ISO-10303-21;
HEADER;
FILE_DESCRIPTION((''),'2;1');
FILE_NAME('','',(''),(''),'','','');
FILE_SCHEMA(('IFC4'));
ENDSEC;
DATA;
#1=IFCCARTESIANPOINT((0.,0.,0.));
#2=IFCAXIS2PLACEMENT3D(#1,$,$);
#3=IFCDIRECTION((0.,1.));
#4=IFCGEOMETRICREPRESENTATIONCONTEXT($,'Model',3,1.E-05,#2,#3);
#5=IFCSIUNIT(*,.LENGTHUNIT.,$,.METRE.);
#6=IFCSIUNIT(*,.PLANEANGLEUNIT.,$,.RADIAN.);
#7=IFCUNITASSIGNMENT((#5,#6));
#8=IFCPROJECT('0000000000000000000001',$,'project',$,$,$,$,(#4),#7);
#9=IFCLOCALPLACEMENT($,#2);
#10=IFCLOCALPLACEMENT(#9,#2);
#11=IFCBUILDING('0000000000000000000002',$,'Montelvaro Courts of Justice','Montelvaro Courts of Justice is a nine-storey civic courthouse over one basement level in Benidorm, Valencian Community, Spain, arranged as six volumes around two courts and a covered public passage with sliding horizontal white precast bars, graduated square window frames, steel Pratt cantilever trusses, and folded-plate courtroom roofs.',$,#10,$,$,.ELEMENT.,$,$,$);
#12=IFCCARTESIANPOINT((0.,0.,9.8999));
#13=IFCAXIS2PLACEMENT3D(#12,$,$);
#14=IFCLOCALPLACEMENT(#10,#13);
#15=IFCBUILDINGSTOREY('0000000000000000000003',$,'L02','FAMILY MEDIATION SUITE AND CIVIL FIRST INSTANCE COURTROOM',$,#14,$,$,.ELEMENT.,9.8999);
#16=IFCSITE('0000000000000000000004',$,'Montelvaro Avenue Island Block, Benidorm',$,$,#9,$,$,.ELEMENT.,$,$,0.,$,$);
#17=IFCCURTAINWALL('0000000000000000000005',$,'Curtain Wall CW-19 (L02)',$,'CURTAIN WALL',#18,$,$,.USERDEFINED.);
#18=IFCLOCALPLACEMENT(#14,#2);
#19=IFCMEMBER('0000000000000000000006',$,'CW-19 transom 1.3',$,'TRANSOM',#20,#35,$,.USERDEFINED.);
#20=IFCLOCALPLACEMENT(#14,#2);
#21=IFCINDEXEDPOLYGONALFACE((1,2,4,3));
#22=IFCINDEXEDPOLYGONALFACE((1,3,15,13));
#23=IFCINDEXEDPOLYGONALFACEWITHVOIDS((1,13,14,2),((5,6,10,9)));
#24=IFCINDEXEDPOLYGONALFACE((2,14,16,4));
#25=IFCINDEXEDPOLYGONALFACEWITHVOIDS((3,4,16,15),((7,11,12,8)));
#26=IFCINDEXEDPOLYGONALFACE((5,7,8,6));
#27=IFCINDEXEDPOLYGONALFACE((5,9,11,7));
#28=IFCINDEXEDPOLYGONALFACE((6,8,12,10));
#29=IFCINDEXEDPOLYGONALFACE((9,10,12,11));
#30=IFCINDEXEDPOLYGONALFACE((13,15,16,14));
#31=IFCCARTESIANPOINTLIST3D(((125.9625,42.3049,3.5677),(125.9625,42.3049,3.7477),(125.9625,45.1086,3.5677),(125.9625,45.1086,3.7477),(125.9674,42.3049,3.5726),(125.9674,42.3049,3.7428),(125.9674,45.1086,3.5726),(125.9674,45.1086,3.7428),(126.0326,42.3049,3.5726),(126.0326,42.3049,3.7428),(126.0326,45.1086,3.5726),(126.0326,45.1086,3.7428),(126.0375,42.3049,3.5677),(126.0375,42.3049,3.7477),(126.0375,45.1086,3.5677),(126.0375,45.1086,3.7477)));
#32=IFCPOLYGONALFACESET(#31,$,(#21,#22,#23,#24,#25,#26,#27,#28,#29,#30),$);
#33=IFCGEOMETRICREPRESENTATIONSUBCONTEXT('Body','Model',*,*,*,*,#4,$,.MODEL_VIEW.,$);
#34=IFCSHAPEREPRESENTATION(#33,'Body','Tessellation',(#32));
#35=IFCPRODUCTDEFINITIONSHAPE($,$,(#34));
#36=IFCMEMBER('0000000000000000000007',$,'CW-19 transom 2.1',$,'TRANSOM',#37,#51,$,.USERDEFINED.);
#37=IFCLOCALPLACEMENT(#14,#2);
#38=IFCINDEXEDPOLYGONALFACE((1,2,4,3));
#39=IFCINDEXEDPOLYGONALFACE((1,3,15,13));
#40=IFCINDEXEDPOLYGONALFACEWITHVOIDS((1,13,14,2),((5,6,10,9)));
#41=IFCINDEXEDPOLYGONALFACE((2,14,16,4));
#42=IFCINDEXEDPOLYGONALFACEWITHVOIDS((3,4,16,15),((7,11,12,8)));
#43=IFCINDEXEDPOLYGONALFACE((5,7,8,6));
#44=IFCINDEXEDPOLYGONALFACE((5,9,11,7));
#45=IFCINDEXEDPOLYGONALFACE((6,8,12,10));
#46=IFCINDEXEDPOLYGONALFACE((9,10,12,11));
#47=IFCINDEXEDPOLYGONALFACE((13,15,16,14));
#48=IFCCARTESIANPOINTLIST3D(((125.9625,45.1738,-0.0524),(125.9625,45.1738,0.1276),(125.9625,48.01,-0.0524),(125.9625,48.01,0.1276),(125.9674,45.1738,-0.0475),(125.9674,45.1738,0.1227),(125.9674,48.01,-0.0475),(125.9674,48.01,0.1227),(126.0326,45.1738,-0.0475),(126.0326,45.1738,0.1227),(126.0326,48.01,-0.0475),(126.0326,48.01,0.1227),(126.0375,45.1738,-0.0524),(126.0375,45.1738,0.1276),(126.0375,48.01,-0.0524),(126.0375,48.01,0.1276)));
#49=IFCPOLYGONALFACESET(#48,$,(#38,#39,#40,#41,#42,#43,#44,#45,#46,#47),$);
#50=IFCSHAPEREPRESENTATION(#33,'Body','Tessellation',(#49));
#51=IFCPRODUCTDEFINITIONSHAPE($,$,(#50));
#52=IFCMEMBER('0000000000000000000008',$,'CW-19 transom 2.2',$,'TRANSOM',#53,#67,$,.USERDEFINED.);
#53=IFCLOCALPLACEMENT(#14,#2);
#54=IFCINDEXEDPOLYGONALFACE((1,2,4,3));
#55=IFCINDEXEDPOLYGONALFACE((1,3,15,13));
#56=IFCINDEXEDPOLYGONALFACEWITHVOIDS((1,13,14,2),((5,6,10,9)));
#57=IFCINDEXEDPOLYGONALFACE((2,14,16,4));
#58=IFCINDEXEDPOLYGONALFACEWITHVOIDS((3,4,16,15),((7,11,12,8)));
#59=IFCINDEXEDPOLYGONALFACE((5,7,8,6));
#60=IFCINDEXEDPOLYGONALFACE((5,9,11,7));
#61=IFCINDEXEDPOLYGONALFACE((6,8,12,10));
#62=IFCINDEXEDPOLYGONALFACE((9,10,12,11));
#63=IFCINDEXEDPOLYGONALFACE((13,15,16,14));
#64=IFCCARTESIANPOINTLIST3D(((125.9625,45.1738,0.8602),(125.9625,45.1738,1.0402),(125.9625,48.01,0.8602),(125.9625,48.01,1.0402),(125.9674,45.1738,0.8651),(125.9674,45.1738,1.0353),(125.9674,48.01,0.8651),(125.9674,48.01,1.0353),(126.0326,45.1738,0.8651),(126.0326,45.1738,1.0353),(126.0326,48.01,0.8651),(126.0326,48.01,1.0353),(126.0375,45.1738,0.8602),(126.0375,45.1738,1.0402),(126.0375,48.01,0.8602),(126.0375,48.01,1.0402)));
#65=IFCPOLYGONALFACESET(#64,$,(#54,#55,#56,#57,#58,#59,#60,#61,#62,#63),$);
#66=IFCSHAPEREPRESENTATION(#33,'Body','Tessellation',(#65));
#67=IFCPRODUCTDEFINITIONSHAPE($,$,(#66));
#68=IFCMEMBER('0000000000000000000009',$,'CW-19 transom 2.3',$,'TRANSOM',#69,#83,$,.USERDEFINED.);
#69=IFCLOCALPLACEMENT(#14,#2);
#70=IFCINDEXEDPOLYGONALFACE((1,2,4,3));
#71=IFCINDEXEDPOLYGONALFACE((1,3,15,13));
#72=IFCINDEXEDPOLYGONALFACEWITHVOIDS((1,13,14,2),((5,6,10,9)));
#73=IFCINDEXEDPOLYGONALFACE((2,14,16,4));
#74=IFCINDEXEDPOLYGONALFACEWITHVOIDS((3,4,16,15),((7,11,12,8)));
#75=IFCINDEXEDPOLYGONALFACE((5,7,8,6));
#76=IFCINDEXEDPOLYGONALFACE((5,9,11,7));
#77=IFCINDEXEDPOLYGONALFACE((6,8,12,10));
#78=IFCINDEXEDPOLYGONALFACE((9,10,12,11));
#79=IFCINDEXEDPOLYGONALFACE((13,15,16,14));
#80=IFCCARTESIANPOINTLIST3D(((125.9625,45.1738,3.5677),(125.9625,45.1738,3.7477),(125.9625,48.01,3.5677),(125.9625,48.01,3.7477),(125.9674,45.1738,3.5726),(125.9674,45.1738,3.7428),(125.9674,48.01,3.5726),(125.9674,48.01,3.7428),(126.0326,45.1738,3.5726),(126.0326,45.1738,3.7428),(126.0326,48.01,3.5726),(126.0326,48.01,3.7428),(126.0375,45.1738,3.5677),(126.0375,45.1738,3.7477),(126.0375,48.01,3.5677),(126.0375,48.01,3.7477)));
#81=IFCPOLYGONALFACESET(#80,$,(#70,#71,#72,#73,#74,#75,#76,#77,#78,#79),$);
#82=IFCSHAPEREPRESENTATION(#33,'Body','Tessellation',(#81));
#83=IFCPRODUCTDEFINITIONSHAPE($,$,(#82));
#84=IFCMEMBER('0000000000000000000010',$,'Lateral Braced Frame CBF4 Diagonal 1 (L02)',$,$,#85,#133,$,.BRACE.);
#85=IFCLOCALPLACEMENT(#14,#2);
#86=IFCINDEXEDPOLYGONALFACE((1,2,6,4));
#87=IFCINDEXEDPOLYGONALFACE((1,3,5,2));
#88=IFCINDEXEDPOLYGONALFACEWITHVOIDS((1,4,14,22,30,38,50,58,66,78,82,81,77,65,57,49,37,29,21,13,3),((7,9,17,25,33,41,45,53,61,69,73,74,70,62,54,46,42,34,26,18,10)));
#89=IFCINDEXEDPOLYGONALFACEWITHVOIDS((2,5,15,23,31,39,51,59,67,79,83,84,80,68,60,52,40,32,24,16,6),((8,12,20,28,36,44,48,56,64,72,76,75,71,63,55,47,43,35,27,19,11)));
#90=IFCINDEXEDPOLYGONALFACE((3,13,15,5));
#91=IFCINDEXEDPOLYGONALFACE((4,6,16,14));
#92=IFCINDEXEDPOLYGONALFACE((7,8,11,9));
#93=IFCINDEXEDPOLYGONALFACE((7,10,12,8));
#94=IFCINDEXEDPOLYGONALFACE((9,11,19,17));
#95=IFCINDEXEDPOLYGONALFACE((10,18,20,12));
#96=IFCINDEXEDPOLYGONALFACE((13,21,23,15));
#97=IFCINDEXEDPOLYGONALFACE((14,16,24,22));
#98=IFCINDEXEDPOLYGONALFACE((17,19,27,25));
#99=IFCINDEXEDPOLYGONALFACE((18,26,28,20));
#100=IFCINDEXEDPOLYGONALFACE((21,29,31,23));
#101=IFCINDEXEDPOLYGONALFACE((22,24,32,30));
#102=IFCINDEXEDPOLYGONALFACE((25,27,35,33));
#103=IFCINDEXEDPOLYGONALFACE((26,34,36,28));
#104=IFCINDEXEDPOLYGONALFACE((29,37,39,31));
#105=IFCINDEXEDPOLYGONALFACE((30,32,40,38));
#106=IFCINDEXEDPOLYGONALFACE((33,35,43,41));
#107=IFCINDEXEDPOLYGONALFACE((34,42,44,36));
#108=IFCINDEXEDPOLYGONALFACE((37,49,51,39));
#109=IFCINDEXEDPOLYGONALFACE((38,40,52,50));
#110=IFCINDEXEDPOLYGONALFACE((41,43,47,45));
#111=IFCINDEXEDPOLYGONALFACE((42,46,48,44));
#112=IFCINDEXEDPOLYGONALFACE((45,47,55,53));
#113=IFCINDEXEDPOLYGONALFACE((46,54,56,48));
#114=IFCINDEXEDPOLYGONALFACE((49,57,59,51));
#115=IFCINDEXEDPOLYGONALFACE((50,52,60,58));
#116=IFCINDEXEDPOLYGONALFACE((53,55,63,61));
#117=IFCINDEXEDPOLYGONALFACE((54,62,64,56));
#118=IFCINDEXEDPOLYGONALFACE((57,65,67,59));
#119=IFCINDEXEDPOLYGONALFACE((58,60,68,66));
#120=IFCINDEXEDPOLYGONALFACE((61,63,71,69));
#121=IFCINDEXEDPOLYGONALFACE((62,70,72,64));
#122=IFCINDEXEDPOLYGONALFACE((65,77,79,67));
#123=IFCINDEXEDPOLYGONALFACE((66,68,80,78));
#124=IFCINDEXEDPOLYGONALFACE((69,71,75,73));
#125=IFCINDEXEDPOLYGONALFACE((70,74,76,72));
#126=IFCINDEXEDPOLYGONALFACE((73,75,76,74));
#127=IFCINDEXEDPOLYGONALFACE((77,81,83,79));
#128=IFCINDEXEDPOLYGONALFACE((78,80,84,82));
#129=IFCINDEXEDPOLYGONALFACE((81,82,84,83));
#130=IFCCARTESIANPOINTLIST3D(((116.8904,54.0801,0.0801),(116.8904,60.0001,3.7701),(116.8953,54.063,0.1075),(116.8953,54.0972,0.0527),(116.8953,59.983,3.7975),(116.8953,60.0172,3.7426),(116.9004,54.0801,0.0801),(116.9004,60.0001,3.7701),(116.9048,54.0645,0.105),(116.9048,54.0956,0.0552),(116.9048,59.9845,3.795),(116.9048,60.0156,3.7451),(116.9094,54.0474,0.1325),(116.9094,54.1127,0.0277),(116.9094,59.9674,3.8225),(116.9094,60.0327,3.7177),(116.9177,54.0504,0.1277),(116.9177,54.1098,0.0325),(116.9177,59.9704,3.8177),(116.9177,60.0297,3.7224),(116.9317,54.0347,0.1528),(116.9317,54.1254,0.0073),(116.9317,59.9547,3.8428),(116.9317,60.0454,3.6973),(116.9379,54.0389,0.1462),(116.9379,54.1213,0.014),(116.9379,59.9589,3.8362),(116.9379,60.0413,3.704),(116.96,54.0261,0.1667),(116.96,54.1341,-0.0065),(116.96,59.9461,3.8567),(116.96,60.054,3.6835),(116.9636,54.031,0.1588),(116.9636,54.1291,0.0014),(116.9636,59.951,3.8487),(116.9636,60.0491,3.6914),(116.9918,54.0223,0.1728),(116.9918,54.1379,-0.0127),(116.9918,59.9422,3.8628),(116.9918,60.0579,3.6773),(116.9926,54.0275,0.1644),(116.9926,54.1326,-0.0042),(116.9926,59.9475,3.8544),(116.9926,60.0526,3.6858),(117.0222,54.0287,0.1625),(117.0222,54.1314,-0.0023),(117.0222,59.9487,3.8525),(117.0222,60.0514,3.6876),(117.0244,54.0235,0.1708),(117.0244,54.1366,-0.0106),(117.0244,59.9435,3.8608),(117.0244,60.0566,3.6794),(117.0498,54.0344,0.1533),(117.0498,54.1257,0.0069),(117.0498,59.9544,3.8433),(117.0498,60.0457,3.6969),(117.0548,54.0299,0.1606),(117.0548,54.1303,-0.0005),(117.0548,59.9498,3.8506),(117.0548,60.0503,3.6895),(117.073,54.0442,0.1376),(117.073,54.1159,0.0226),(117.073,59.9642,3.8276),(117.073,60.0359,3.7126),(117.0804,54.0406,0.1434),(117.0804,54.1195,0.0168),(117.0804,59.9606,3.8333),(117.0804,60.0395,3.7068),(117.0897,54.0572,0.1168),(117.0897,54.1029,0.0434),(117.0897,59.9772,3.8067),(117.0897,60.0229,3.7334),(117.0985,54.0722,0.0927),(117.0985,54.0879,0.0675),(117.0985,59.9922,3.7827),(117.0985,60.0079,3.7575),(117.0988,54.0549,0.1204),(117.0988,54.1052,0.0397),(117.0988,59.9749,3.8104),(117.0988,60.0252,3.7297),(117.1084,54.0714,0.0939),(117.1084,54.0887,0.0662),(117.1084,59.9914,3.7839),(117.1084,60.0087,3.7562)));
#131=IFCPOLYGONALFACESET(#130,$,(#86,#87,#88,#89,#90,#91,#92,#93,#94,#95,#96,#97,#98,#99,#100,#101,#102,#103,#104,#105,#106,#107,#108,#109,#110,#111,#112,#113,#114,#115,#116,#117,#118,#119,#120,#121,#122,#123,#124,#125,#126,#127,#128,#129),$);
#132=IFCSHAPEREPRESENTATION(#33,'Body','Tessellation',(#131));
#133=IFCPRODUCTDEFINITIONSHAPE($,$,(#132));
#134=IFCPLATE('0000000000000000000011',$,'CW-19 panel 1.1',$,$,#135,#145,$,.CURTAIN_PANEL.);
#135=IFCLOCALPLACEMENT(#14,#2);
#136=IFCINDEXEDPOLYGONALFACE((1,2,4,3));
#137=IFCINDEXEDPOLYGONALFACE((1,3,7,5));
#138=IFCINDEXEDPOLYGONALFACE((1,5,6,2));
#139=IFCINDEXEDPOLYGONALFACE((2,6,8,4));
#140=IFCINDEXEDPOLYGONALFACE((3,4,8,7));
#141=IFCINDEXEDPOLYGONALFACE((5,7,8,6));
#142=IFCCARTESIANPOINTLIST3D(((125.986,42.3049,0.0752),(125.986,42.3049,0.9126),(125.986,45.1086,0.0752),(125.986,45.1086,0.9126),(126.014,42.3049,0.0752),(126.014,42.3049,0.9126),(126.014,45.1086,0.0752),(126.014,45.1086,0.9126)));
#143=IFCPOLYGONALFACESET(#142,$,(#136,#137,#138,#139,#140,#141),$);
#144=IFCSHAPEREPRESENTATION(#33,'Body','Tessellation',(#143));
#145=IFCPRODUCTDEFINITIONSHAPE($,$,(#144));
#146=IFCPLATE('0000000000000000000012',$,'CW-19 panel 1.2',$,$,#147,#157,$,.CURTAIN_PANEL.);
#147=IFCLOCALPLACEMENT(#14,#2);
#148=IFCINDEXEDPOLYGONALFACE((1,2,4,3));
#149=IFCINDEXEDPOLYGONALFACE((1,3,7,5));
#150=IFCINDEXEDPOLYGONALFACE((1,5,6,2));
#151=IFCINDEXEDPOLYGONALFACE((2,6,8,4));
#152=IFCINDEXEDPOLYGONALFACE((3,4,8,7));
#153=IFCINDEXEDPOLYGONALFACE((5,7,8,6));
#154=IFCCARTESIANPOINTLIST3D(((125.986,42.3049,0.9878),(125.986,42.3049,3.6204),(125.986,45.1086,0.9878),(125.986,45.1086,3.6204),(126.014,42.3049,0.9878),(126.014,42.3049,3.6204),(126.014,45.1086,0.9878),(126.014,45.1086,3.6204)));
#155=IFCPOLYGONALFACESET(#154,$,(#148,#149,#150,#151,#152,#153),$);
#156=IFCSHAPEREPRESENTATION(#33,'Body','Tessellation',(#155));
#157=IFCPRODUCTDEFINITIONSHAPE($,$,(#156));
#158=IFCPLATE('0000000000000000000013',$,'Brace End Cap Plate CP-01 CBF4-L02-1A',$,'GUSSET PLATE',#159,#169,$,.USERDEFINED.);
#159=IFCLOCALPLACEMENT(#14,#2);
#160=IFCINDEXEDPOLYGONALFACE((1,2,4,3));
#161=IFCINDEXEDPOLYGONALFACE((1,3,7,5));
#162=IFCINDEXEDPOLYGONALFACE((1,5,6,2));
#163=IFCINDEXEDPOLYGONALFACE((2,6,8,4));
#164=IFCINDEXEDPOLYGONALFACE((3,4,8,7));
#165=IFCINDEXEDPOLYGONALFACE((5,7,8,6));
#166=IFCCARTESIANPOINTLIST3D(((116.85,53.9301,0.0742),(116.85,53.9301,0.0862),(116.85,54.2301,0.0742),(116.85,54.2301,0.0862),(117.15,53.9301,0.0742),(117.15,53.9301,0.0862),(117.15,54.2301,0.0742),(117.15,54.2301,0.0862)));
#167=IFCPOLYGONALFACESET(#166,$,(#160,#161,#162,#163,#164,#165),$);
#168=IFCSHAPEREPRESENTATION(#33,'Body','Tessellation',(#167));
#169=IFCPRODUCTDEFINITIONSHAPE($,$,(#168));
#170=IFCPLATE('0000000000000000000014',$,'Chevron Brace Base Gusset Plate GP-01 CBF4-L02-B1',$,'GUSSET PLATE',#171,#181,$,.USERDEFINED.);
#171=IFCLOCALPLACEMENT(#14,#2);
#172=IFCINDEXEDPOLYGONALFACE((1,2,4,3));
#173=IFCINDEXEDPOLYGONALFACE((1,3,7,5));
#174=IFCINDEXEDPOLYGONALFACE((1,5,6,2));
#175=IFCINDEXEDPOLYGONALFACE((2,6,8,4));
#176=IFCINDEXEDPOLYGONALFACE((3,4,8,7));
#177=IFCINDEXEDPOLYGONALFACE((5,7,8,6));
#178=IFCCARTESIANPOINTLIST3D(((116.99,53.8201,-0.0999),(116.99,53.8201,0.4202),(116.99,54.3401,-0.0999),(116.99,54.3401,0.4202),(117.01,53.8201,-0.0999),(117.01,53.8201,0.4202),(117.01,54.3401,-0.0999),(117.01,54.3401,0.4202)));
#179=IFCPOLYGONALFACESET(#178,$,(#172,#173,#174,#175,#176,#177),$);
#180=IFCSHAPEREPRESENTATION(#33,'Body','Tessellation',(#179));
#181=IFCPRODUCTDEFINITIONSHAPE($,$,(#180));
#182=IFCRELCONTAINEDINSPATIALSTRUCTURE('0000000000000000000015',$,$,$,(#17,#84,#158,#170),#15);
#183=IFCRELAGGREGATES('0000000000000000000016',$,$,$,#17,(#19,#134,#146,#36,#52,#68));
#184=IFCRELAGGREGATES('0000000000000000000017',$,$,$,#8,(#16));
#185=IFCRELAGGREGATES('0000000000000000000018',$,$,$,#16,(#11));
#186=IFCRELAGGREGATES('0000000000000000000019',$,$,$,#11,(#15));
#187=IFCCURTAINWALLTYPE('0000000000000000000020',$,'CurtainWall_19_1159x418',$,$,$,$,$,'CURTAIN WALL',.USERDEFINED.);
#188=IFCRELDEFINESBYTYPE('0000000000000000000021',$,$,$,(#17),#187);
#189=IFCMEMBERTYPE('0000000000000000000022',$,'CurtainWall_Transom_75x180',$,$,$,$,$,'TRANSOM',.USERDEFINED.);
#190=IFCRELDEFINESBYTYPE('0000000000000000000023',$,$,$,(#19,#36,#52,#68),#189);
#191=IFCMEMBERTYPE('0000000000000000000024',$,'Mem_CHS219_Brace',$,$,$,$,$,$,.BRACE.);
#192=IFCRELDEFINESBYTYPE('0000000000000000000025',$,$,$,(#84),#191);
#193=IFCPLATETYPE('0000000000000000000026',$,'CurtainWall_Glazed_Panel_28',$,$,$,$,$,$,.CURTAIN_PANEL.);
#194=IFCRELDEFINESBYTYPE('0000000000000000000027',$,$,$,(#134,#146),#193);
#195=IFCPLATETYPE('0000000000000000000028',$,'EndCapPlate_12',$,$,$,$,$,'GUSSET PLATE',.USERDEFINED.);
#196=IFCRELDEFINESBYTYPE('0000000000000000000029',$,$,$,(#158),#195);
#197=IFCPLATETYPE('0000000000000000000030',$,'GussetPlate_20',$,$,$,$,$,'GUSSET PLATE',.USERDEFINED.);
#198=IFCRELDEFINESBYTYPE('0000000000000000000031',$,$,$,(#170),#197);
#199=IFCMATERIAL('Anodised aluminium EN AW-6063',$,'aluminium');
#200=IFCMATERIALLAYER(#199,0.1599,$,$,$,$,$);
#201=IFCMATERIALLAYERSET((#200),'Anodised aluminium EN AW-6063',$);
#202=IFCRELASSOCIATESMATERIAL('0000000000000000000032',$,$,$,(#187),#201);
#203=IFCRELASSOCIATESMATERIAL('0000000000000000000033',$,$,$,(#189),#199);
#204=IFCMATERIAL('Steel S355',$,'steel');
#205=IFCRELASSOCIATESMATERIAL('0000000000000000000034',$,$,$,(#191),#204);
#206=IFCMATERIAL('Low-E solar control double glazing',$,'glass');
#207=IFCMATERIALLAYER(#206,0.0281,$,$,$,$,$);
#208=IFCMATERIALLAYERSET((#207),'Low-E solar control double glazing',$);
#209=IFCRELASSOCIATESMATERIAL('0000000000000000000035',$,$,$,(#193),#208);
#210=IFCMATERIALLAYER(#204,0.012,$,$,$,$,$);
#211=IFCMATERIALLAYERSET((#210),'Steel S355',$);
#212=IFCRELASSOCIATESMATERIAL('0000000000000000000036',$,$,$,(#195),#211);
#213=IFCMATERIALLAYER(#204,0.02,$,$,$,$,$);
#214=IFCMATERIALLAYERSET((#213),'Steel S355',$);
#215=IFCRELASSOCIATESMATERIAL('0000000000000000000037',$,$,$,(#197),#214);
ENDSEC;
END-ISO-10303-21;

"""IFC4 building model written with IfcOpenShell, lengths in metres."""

from ifc_helpers import new_model, si_unit, direction, frame, origin, origin_2d, place, context, subcontext, project, spatial, rectangle, hollow_rectangle, hollow_circle, extrude, material, layer, layer_set, material_profile, profile_set, type_object, element, aggregate, save


model = new_model("IFC4")

# Units and contexts
model_context = context("Model", 3, precision=1e-05, world=origin(), true_north=direction((0.0, 1.0)))
body_context = subcontext(model_context, "Body", "Model", "MODEL_VIEW")
ifc_project = project(units=[si_unit("LENGTHUNIT", "METRE"), si_unit("PLANEANGLEUNIT", "RADIAN")], contexts=[model_context])

# Site, building, storey
site_placement = place(None, origin())
site = spatial("IfcSite", under=ifc_project, at=site_placement, Name="Montelvaro Avenue Island Block, Benidorm", CompositionType="ELEMENT", RefElevation=0.0)
building_placement = place(site_placement, origin())
building = spatial("IfcBuilding", under=site, at=building_placement, Name="Montelvaro Courts of Justice", Description="Montelvaro Courts of Justice is a nine-storey civic courthouse over one basement level in Benidorm, Valencian Community, Spain, arranged as six volumes around two courts and a covered public passage with sliding horizontal white precast bars, graduated square window frames, steel Pratt cantilever trusses, and folded-plate courtroom roofs.", CompositionType="ELEMENT")
storey_placement = place(building_placement, frame((0.0, 0.0, 9.8999)))
storey = spatial("IfcBuildingStorey", under=building, at=storey_placement, Name="L02", Description="FAMILY MEDIATION SUITE AND CIVIL FIRST INSTANCE COURTROOM", CompositionType="ELEMENT", Elevation=9.8999)

# Shared definitions
ifc_material_1 = material(Name="Steel S355", Category="steel")

# Curtain wall, members
ifc_material_2 = material(Name="Anodised aluminium EN AW-6063", Category="aluminium")
ifc_layer_1 = layer(ifc_material_2, 0.1599)
ifc_layer_set_1 = layer_set([ifc_layer_1], Name="Anodised aluminium EN AW-6063")
curtain_wall_type = type_object("IfcCurtainWallType", Name="CurtainWall_19_1159x418", ElementType="CURTAIN WALL", PredefinedType="USERDEFINED", material=ifc_layer_set_1)
curtain_wall_placement = place(storey_placement, origin())
curtain_wall = element("IfcCurtainWall", 1, at=curtain_wall_placement, inside=storey, type_object=curtain_wall_type, Name="Curtain Wall CW-19 (L02)", ObjectType="CURTAIN WALL", PredefinedType="USERDEFINED")
ifc_material_profile_1 = material_profile(ifc_material_2, hollow_rectangle(XDim=0.075, YDim=0.1799, WallThickness=0.0049, at=origin_2d()), Name="ALU-T 75x180")
ifc_profile_set_1 = profile_set([ifc_material_profile_1], Name="Anodised aluminium EN AW-6063")
member_type_1 = type_object("IfcMemberType", Name="CurtainWall_Transom_75x180", ElementType="TRANSOM", PredefinedType="USERDEFINED", material=ifc_profile_set_1)
member_1_placement = place(storey_placement, frame((126.0, 42.3049, 3.6577), z_axis=(0.0, 1.0, 0.0), x_axis=(-1.0, 0.0, 0.0)))
member_1 = element("IfcMember", 2, at=member_1_placement, type_object=member_type_1, Name="CW-19 transom 1.3", ObjectType="TRANSOM", PredefinedType="USERDEFINED", context=body_context, shape_type="SweptSolid", body=[
    extrude(hollow_rectangle(XDim=0.075, YDim=0.1799, WallThickness=0.0049, at=origin_2d()), origin(), (0.0, 0.0, 1.0), 2.8037),
])
member_2_placement = place(storey_placement, frame((126.0, 45.1738, 0.0376), z_axis=(0.0, 1.0, 0.0), x_axis=(-1.0, 0.0, 0.0)))
member_2 = element("IfcMember", 3, at=member_2_placement, type_object=member_type_1, Name="CW-19 transom 2.1", ObjectType="TRANSOM", PredefinedType="USERDEFINED", context=body_context, shape_type="SweptSolid", body=[
    extrude(hollow_rectangle(XDim=0.075, YDim=0.1799, WallThickness=0.0049, at=origin_2d()), origin(), (0.0, 0.0, 1.0), 2.8362),
])
member_3_placement = place(storey_placement, frame((126.0, 45.1738, 0.9502), z_axis=(0.0, 1.0, 0.0), x_axis=(-1.0, 0.0, 0.0)))
member_3 = element("IfcMember", 4, at=member_3_placement, type_object=member_type_1, Name="CW-19 transom 2.2", ObjectType="TRANSOM", PredefinedType="USERDEFINED", context=body_context, shape_type="SweptSolid", body=[
    extrude(hollow_rectangle(XDim=0.075, YDim=0.1799, WallThickness=0.0049, at=origin_2d()), origin(), (0.0, 0.0, 1.0), 2.8362),
])
member_4_placement = place(storey_placement, frame((126.0, 45.1738, 3.6577), z_axis=(0.0, 1.0, 0.0), x_axis=(-1.0, 0.0, 0.0)))
member_4 = element("IfcMember", 5, at=member_4_placement, type_object=member_type_1, Name="CW-19 transom 2.3", ObjectType="TRANSOM", PredefinedType="USERDEFINED", context=body_context, shape_type="SweptSolid", body=[
    extrude(hollow_rectangle(XDim=0.075, YDim=0.1799, WallThickness=0.0049, at=origin_2d()), origin(), (0.0, 0.0, 1.0), 2.8362),
])

# Member
ifc_material_profile_2 = material_profile(ifc_material_1, hollow_circle(Radius=0.1096, WallThickness=0.01, at=origin_2d()), Name="CHS 219.1x10")
ifc_profile_set_2 = profile_set([ifc_material_profile_2], Name="Steel S355")
member_type_2 = type_object("IfcMemberType", Name="Mem_CHS219_Brace", PredefinedType="BRACE", material=ifc_profile_set_2)
member_5_placement = place(storey_placement, frame((117.0, 54.0801, 0.0801), z_axis=(0.0, 0.848643, 0.528967), x_axis=(-1.0, 0.0, 0.0)))
element("IfcMember", 6, at=member_5_placement, inside=storey, type_object=member_type_2, Name="Lateral Braced Frame CBF4 Diagonal 1 (L02)", PredefinedType="BRACE", context=body_context, shape_type="SweptSolid", body=[
    extrude(hollow_circle(Radius=0.1096, WallThickness=0.01, at=origin_2d()), origin(), (0.0, 0.0, 1.0), 6.9758),
])

# Plates
ifc_material_3 = material(Name="Low-E solar control double glazing", Category="glass")
ifc_layer_2 = layer(ifc_material_3, 0.0281)
ifc_layer_set_2 = layer_set([ifc_layer_2], Name="Low-E solar control double glazing")
plate_type_1 = type_object("IfcPlateType", Name="CurtainWall_Glazed_Panel_28", PredefinedType="CURTAIN_PANEL", material=ifc_layer_set_2)
plate_1_placement = place(storey_placement, frame((126.0, 43.7068, 0.0752), z_axis=(0.0, 0.0, 1.0), x_axis=(0.0, 1.0, 0.0)))
plate_1 = element("IfcPlate", 7, at=plate_1_placement, type_object=plate_type_1, Name="CW-19 panel 1.1", PredefinedType="CURTAIN_PANEL", context=body_context, shape_type="SweptSolid", body=[
    extrude(rectangle(XDim=2.8037, YDim=0.0281, at=origin_2d()), origin(), (0.0, 0.0, 1.0), 0.8374),
])
plate_2_placement = place(storey_placement, frame((126.0, 43.7068, 0.9878), z_axis=(0.0, 0.0, 1.0), x_axis=(0.0, 1.0, 0.0)))
plate_2 = element("IfcPlate", 8, at=plate_2_placement, type_object=plate_type_1, Name="CW-19 panel 1.2", PredefinedType="CURTAIN_PANEL", context=body_context, shape_type="SweptSolid", body=[
    extrude(rectangle(XDim=2.8037, YDim=0.0281, at=origin_2d()), origin(), (0.0, 0.0, 1.0), 2.6326),
])
aggregate(curtain_wall, [member_1, plate_1, plate_2, member_2, member_3, member_4])

# Plates
ifc_layer_3 = layer(ifc_material_1, 0.012)
ifc_layer_set_3 = layer_set([ifc_layer_3], Name="Steel S355")
plate_type_2 = type_object("IfcPlateType", Name="EndCapPlate_12", ElementType="GUSSET PLATE", PredefinedType="USERDEFINED", material=ifc_layer_set_3)
plate_3_placement = place(storey_placement, frame((117.0, 54.0801, 0.0742), z_axis=(0.0, 0.0, 1.0), x_axis=(1.0, 0.0, 0.0)))
element("IfcPlate", 9, at=plate_3_placement, inside=storey, type_object=plate_type_2, Name="Brace End Cap Plate CP-01 CBF4-L02-1A", ObjectType="GUSSET PLATE", PredefinedType="USERDEFINED", context=body_context, shape_type="SweptSolid", body=[
    extrude(rectangle(XDim=0.3, YDim=0.3, at=origin_2d()), origin(), (0.0, 0.0, 1.0), 0.012),
])
ifc_layer_4 = layer(ifc_material_1, 0.02)
ifc_layer_set_4 = layer_set([ifc_layer_4], Name="Steel S355")
plate_type_3 = type_object("IfcPlateType", Name="GussetPlate_20", ElementType="GUSSET PLATE", PredefinedType="USERDEFINED", material=ifc_layer_set_4)
plate_4_placement = place(storey_placement, frame((117.0, 54.0801, -0.0999), z_axis=(0.0, 0.0, 1.0), x_axis=(1.0, 0.0, 0.0)))
element("IfcPlate", 10, at=plate_4_placement, inside=storey, type_object=plate_type_3, Name="Chevron Brace Base Gusset Plate GP-01 CBF4-L02-B1", ObjectType="GUSSET PLATE", PredefinedType="USERDEFINED", context=body_context, shape_type="SweptSolid", body=[
    extrude(rectangle(XDim=0.02, YDim=0.52, at=origin_2d()), origin(), (0.0, 0.0, 1.0), 0.52),
])

save(model, "model.ifc")
